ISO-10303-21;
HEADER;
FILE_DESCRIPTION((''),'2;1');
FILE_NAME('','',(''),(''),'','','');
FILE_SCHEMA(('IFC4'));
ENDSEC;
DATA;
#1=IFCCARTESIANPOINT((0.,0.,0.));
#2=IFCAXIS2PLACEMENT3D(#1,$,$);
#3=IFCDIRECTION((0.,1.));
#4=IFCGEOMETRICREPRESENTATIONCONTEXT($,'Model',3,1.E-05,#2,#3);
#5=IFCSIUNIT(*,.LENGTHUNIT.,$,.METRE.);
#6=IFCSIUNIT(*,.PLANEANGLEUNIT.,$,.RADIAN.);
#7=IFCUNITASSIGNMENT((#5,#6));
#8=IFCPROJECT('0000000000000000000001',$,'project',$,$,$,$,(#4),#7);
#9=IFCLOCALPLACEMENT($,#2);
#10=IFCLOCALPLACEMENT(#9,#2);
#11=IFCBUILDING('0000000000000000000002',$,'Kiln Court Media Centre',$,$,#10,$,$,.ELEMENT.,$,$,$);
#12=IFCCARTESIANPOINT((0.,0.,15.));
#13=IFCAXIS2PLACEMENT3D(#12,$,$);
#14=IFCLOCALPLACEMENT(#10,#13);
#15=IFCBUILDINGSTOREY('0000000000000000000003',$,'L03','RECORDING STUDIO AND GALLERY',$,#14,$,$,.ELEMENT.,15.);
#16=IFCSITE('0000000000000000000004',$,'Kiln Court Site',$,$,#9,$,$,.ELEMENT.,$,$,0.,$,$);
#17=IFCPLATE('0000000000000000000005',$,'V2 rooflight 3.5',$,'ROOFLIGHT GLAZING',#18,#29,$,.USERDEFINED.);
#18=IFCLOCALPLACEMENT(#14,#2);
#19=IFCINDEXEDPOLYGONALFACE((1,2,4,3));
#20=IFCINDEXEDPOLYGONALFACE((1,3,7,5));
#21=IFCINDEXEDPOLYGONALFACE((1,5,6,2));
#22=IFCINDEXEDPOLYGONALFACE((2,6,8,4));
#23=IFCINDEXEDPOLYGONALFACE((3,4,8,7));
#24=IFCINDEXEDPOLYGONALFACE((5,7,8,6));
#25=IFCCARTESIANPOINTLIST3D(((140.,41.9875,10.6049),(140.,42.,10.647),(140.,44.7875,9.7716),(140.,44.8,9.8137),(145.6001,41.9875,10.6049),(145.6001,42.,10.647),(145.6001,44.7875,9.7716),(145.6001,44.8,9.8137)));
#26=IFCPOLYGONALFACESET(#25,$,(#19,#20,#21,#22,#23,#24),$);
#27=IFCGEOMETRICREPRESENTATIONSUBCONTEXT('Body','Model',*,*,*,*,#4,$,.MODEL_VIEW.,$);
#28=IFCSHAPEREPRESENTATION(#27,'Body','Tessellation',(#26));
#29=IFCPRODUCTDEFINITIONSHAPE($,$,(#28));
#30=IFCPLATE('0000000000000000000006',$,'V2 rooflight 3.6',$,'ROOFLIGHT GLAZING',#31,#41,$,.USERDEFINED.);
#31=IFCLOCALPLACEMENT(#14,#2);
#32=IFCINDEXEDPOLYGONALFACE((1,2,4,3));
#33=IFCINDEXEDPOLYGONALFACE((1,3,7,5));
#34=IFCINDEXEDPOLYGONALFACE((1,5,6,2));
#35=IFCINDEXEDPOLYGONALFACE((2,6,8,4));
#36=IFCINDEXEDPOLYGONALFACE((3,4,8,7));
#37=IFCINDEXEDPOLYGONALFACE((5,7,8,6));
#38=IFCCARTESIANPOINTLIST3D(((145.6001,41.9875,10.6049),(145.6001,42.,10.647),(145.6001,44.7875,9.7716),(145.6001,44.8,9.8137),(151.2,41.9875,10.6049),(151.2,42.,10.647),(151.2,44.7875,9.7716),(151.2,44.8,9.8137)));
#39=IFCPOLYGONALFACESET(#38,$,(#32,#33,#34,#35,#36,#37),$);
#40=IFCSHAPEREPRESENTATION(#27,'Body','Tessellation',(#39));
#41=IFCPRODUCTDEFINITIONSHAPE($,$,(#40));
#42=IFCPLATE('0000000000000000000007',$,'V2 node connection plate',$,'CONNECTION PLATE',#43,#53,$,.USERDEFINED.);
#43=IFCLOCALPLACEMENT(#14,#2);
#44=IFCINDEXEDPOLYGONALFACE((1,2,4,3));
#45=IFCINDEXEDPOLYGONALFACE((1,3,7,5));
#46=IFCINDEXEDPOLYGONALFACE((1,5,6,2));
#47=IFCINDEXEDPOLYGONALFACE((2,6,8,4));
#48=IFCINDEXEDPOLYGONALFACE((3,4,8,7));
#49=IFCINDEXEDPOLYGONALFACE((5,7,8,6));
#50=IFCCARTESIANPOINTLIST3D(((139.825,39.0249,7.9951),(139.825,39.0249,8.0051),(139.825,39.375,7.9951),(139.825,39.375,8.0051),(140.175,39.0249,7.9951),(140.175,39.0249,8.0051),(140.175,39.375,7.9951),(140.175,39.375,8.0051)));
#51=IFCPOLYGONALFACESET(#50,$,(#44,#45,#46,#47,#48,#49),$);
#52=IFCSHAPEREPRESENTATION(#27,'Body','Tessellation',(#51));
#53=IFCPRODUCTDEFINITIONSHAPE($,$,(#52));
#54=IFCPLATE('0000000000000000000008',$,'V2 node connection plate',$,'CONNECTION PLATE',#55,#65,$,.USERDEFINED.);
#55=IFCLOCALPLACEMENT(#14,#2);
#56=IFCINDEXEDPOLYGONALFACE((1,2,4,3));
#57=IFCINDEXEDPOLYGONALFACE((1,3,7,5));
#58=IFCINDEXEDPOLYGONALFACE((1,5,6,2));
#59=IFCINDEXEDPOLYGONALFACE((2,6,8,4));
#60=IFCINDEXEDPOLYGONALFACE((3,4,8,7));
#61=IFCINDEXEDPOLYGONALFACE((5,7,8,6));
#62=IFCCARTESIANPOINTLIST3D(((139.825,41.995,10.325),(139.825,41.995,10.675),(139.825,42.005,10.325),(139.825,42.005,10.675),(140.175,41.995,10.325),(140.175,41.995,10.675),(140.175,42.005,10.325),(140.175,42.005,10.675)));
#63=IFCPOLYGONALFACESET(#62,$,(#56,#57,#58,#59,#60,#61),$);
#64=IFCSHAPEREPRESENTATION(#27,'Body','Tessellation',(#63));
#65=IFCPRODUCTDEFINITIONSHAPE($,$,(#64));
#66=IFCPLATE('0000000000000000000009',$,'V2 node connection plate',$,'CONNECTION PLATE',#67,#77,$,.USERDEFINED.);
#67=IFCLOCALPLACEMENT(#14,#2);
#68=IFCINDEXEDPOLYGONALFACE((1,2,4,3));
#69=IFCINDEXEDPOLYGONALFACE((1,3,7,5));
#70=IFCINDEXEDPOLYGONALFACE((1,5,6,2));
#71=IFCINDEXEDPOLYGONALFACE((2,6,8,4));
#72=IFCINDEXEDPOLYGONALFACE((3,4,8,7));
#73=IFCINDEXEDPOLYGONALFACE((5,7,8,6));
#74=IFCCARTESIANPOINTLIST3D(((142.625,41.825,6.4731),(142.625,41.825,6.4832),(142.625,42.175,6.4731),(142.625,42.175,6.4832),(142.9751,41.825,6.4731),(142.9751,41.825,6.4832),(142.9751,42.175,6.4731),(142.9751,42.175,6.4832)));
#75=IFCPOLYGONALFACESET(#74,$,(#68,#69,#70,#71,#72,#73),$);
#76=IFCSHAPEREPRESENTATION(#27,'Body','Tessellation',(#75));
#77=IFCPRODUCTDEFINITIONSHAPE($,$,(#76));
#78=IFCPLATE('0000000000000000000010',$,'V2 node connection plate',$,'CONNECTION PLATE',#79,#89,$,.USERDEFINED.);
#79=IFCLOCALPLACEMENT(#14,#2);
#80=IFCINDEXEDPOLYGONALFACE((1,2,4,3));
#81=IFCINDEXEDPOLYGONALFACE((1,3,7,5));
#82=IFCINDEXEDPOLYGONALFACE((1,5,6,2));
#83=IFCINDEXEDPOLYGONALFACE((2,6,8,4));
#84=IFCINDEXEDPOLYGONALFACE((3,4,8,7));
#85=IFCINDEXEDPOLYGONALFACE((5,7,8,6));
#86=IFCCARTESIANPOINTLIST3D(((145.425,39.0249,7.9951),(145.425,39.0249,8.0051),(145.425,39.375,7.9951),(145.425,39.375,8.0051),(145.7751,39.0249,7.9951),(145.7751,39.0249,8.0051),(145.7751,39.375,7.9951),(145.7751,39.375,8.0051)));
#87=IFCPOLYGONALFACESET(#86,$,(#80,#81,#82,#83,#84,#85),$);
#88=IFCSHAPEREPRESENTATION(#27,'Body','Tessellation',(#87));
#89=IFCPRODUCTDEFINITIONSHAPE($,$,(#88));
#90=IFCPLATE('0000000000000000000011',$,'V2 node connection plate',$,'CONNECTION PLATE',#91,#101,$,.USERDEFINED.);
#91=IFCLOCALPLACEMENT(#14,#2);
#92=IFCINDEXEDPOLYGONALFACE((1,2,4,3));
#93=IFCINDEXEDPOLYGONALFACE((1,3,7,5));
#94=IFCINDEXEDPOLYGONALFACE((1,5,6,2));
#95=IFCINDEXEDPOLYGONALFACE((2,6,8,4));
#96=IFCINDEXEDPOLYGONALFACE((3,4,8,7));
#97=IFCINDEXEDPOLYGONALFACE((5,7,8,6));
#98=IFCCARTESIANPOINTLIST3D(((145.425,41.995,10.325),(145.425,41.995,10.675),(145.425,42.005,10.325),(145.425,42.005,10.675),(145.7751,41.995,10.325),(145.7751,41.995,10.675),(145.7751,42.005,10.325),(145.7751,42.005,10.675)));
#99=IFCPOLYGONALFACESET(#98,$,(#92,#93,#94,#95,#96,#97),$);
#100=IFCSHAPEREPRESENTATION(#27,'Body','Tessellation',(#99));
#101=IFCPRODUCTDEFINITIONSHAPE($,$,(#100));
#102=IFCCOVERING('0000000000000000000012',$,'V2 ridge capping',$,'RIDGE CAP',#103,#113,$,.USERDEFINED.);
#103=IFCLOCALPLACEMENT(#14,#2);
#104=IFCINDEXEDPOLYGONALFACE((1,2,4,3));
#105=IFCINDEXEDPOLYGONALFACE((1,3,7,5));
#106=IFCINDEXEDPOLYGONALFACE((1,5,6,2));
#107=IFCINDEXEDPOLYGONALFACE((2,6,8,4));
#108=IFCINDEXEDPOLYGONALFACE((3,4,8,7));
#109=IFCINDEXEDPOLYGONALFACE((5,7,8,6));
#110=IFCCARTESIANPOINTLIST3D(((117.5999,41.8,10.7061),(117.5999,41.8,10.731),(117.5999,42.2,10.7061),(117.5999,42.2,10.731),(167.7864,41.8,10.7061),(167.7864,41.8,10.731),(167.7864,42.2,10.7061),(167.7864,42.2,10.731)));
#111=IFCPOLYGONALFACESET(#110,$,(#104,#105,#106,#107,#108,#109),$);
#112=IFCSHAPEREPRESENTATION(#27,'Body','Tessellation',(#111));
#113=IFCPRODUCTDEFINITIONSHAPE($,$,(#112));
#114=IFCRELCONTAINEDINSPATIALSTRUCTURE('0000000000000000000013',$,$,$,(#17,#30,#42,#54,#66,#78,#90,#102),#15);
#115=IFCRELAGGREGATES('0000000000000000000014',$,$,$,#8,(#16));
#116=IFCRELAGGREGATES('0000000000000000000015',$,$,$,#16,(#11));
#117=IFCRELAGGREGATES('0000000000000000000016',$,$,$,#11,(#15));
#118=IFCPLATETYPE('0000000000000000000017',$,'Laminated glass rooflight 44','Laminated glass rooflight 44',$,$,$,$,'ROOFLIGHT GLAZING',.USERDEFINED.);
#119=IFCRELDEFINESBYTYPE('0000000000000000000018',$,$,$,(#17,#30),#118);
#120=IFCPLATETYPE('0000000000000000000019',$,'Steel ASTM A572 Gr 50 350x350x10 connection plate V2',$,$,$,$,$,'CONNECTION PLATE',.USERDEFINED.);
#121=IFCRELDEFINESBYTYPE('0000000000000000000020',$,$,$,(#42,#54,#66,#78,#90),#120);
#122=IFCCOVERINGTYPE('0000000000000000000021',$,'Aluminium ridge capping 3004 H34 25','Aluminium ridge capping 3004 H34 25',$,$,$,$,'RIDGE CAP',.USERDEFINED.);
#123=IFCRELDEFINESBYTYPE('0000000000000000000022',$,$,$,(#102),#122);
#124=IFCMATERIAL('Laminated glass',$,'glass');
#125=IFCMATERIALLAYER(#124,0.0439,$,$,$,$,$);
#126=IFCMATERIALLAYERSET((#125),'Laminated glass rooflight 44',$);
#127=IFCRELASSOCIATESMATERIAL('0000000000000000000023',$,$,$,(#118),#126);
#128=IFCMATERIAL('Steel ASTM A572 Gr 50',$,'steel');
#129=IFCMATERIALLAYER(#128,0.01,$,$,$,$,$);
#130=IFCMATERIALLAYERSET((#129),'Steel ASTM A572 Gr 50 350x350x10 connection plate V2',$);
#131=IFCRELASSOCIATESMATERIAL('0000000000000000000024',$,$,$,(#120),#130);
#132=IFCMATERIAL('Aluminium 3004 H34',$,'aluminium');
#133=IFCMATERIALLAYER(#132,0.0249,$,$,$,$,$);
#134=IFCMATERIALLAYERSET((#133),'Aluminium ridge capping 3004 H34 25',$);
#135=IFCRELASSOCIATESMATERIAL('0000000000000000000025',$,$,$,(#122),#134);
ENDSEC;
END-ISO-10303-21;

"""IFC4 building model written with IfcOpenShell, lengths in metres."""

from ifc_helpers import new_model, si_unit, direction, frame, origin, origin_2d, place, context, subcontext, project, spatial, polyline, rectangle, outline, extrude, material, layer, layer_set, type_object, element, save


model = new_model("IFC4")

# Units and contexts
model_context = context("Model", 3, precision=1e-05, world=origin(), true_north=direction((0.0, 1.0)))
body_context = subcontext(model_context, "Body", "Model", "MODEL_VIEW")
ifc_project = project(units=[si_unit("LENGTHUNIT", "METRE"), si_unit("PLANEANGLEUNIT", "RADIAN")], contexts=[model_context])

# Site, building, storey
site_placement = place(None, origin())
site = spatial("IfcSite", under=ifc_project, at=site_placement, Name="Kiln Court Site", CompositionType="ELEMENT", RefElevation=0.0)
building_placement = place(site_placement, origin())
building = spatial("IfcBuilding", under=site, at=building_placement, Name="Kiln Court Media Centre", CompositionType="ELEMENT")
storey_placement = place(building_placement, frame((0.0, 0.0, 15.0)))
storey = spatial("IfcBuildingStorey", under=building, at=storey_placement, Name="L03", Description="RECORDING STUDIO AND GALLERY", CompositionType="ELEMENT", Elevation=15.0)

# Plates
ifc_material_1 = material(Name="Laminated glass", Category="glass")
ifc_layer_1 = layer(ifc_material_1, 0.0439)
ifc_layer_set_1 = layer_set([ifc_layer_1], Name="Laminated glass rooflight 44")
plate_type_1 = type_object("IfcPlateType", Name="Laminated glass rooflight 44", Description="Laminated glass rooflight 44", ElementType="ROOFLIGHT GLAZING", PredefinedType="USERDEFINED", material=ifc_layer_set_1)
plate_1_placement = place(storey_placement, frame((140.0, 42.0, 10.647), z_axis=(0.0, 0.285223, 0.958461), x_axis=(0.0, 0.958461, -0.285223)))
element("IfcPlate", 1, at=plate_1_placement, inside=storey, type_object=plate_type_1, Name="V2 rooflight 3.5", ObjectType="ROOFLIGHT GLAZING", PredefinedType="USERDEFINED", context=body_context, shape_type="SweptSolid", body=[
    extrude(outline(polyline([(0.0, 0.0), (2.9214, 0.0), (2.9214, -5.6001), (0.0, -5.6001), (0.0, 0.0)])), origin(), (0.0, 0.0, -1.0), 0.0439),
])
plate_2_placement = place(storey_placement, frame((145.6001, 42.0, 10.647), z_axis=(0.0, 0.285223, 0.958461), x_axis=(0.0, 0.958461, -0.285223)))
element("IfcPlate", 2, at=plate_2_placement, inside=storey, type_object=plate_type_1, Name="V2 rooflight 3.6", ObjectType="ROOFLIGHT GLAZING", PredefinedType="USERDEFINED", context=body_context, shape_type="SweptSolid", body=[
    extrude(outline(polyline([(0.0, 0.0), (2.9214, 0.0), (2.9214, -5.5999), (0.0, -5.5999), (0.0, 0.0)])), origin(), (0.0, 0.0, -1.0), 0.0439),
])
ifc_material_2 = material(Name="Steel ASTM A572 Gr 50", Category="steel")
ifc_layer_2 = layer(ifc_material_2, 0.01)
ifc_layer_set_2 = layer_set([ifc_layer_2], Name="Steel ASTM A572 Gr 50 350x350x10 connection plate V2")
plate_type_2 = type_object("IfcPlateType", Name="Steel ASTM A572 Gr 50 350x350x10 connection plate V2", ElementType="CONNECTION PLATE", PredefinedType="USERDEFINED", material=ifc_layer_set_2)
plate_3_placement = place(storey_placement, frame((140.0, 39.2, 7.9951), z_axis=(0.0, 0.0, 1.0), x_axis=(1.0, 0.0, 0.0)))
element("IfcPlate", 3, at=plate_3_placement, inside=storey, type_object=plate_type_2, Name="V2 node connection plate", ObjectType="CONNECTION PLATE", PredefinedType="USERDEFINED", context=body_context, shape_type="SweptSolid", body=[
    extrude(rectangle(XDim=0.3501, YDim=0.3501, at=origin_2d()), origin(), (0.0, 0.0, 1.0), 0.01),
])
plate_4_placement = place(storey_placement, frame((140.0, 42.0, 10.325), z_axis=(0.0, 0.0, 1.0), x_axis=(1.0, 0.0, 0.0)))
element("IfcPlate", 4, at=plate_4_placement, inside=storey, type_object=plate_type_2, Name="V2 node connection plate", ObjectType="CONNECTION PLATE", PredefinedType="USERDEFINED", context=body_context, shape_type="SweptSolid", body=[
    extrude(rectangle(XDim=0.3501, YDim=0.01, at=origin_2d()), origin(), (0.0, 0.0, 1.0), 0.3501),
])
for number, where, z_axis, x_axis, name in (
    (5, (142.8, 42.0, 6.4731), (0.0, 0.0, 1.0), (1.0, 0.0, 0.0), "V2 node connection plate"),
    (6, (145.6001, 39.2, 7.9951), (0.0, 0.0, 1.0), (1.0, 0.0, 0.0), "V2 node connection plate"),
):
    element("IfcPlate", number, at=place(storey_placement, frame(where, z_axis=z_axis, x_axis=x_axis)), inside=storey, type_object=plate_type_2, Name=name, ObjectType="CONNECTION PLATE", PredefinedType="USERDEFINED", context=body_context, shape_type="SweptSolid", body=[
        extrude(rectangle(XDim=0.3501, YDim=0.3501, at=origin_2d()), origin(), (0.0, 0.0, 1.0), 0.01),
    ])
plate_5_placement = place(storey_placement, frame((145.6001, 42.0, 10.325), z_axis=(0.0, 0.0, 1.0), x_axis=(1.0, 0.0, 0.0)))
element("IfcPlate", 7, at=plate_5_placement, inside=storey, type_object=plate_type_2, Name="V2 node connection plate", ObjectType="CONNECTION PLATE", PredefinedType="USERDEFINED", context=body_context, shape_type="SweptSolid", body=[
    extrude(rectangle(XDim=0.3501, YDim=0.01, at=origin_2d()), origin(), (0.0, 0.0, 1.0), 0.3501),
])

# Covering
ifc_material_3 = material(Name="Aluminium 3004 H34", Category="aluminium")
ifc_layer_3 = layer(ifc_material_3, 0.0249)
ifc_layer_set_3 = layer_set([ifc_layer_3], Name="Aluminium ridge capping 3004 H34 25")
covering_type = type_object("IfcCoveringType", Name="Aluminium ridge capping 3004 H34 25", Description="Aluminium ridge capping 3004 H34 25", ElementType="RIDGE CAP", PredefinedType="USERDEFINED", material=ifc_layer_set_3)
covering_placement = place(storey_placement, frame((142.6931, 42.0, 10.7061), z_axis=(0.0, 0.0, 1.0), x_axis=(1.0, 0.0, 0.0)))
element("IfcCovering", 8, at=covering_placement, inside=storey, type_object=covering_type, Name="V2 ridge capping", ObjectType="RIDGE CAP", PredefinedType="USERDEFINED", context=body_context, shape_type="SweptSolid", body=[
    extrude(rectangle(XDim=50.1865, YDim=0.3999, at=origin_2d()), origin(), (0.0, 0.0, 1.0), 0.0249),
])

save(model, "model.ifc")
